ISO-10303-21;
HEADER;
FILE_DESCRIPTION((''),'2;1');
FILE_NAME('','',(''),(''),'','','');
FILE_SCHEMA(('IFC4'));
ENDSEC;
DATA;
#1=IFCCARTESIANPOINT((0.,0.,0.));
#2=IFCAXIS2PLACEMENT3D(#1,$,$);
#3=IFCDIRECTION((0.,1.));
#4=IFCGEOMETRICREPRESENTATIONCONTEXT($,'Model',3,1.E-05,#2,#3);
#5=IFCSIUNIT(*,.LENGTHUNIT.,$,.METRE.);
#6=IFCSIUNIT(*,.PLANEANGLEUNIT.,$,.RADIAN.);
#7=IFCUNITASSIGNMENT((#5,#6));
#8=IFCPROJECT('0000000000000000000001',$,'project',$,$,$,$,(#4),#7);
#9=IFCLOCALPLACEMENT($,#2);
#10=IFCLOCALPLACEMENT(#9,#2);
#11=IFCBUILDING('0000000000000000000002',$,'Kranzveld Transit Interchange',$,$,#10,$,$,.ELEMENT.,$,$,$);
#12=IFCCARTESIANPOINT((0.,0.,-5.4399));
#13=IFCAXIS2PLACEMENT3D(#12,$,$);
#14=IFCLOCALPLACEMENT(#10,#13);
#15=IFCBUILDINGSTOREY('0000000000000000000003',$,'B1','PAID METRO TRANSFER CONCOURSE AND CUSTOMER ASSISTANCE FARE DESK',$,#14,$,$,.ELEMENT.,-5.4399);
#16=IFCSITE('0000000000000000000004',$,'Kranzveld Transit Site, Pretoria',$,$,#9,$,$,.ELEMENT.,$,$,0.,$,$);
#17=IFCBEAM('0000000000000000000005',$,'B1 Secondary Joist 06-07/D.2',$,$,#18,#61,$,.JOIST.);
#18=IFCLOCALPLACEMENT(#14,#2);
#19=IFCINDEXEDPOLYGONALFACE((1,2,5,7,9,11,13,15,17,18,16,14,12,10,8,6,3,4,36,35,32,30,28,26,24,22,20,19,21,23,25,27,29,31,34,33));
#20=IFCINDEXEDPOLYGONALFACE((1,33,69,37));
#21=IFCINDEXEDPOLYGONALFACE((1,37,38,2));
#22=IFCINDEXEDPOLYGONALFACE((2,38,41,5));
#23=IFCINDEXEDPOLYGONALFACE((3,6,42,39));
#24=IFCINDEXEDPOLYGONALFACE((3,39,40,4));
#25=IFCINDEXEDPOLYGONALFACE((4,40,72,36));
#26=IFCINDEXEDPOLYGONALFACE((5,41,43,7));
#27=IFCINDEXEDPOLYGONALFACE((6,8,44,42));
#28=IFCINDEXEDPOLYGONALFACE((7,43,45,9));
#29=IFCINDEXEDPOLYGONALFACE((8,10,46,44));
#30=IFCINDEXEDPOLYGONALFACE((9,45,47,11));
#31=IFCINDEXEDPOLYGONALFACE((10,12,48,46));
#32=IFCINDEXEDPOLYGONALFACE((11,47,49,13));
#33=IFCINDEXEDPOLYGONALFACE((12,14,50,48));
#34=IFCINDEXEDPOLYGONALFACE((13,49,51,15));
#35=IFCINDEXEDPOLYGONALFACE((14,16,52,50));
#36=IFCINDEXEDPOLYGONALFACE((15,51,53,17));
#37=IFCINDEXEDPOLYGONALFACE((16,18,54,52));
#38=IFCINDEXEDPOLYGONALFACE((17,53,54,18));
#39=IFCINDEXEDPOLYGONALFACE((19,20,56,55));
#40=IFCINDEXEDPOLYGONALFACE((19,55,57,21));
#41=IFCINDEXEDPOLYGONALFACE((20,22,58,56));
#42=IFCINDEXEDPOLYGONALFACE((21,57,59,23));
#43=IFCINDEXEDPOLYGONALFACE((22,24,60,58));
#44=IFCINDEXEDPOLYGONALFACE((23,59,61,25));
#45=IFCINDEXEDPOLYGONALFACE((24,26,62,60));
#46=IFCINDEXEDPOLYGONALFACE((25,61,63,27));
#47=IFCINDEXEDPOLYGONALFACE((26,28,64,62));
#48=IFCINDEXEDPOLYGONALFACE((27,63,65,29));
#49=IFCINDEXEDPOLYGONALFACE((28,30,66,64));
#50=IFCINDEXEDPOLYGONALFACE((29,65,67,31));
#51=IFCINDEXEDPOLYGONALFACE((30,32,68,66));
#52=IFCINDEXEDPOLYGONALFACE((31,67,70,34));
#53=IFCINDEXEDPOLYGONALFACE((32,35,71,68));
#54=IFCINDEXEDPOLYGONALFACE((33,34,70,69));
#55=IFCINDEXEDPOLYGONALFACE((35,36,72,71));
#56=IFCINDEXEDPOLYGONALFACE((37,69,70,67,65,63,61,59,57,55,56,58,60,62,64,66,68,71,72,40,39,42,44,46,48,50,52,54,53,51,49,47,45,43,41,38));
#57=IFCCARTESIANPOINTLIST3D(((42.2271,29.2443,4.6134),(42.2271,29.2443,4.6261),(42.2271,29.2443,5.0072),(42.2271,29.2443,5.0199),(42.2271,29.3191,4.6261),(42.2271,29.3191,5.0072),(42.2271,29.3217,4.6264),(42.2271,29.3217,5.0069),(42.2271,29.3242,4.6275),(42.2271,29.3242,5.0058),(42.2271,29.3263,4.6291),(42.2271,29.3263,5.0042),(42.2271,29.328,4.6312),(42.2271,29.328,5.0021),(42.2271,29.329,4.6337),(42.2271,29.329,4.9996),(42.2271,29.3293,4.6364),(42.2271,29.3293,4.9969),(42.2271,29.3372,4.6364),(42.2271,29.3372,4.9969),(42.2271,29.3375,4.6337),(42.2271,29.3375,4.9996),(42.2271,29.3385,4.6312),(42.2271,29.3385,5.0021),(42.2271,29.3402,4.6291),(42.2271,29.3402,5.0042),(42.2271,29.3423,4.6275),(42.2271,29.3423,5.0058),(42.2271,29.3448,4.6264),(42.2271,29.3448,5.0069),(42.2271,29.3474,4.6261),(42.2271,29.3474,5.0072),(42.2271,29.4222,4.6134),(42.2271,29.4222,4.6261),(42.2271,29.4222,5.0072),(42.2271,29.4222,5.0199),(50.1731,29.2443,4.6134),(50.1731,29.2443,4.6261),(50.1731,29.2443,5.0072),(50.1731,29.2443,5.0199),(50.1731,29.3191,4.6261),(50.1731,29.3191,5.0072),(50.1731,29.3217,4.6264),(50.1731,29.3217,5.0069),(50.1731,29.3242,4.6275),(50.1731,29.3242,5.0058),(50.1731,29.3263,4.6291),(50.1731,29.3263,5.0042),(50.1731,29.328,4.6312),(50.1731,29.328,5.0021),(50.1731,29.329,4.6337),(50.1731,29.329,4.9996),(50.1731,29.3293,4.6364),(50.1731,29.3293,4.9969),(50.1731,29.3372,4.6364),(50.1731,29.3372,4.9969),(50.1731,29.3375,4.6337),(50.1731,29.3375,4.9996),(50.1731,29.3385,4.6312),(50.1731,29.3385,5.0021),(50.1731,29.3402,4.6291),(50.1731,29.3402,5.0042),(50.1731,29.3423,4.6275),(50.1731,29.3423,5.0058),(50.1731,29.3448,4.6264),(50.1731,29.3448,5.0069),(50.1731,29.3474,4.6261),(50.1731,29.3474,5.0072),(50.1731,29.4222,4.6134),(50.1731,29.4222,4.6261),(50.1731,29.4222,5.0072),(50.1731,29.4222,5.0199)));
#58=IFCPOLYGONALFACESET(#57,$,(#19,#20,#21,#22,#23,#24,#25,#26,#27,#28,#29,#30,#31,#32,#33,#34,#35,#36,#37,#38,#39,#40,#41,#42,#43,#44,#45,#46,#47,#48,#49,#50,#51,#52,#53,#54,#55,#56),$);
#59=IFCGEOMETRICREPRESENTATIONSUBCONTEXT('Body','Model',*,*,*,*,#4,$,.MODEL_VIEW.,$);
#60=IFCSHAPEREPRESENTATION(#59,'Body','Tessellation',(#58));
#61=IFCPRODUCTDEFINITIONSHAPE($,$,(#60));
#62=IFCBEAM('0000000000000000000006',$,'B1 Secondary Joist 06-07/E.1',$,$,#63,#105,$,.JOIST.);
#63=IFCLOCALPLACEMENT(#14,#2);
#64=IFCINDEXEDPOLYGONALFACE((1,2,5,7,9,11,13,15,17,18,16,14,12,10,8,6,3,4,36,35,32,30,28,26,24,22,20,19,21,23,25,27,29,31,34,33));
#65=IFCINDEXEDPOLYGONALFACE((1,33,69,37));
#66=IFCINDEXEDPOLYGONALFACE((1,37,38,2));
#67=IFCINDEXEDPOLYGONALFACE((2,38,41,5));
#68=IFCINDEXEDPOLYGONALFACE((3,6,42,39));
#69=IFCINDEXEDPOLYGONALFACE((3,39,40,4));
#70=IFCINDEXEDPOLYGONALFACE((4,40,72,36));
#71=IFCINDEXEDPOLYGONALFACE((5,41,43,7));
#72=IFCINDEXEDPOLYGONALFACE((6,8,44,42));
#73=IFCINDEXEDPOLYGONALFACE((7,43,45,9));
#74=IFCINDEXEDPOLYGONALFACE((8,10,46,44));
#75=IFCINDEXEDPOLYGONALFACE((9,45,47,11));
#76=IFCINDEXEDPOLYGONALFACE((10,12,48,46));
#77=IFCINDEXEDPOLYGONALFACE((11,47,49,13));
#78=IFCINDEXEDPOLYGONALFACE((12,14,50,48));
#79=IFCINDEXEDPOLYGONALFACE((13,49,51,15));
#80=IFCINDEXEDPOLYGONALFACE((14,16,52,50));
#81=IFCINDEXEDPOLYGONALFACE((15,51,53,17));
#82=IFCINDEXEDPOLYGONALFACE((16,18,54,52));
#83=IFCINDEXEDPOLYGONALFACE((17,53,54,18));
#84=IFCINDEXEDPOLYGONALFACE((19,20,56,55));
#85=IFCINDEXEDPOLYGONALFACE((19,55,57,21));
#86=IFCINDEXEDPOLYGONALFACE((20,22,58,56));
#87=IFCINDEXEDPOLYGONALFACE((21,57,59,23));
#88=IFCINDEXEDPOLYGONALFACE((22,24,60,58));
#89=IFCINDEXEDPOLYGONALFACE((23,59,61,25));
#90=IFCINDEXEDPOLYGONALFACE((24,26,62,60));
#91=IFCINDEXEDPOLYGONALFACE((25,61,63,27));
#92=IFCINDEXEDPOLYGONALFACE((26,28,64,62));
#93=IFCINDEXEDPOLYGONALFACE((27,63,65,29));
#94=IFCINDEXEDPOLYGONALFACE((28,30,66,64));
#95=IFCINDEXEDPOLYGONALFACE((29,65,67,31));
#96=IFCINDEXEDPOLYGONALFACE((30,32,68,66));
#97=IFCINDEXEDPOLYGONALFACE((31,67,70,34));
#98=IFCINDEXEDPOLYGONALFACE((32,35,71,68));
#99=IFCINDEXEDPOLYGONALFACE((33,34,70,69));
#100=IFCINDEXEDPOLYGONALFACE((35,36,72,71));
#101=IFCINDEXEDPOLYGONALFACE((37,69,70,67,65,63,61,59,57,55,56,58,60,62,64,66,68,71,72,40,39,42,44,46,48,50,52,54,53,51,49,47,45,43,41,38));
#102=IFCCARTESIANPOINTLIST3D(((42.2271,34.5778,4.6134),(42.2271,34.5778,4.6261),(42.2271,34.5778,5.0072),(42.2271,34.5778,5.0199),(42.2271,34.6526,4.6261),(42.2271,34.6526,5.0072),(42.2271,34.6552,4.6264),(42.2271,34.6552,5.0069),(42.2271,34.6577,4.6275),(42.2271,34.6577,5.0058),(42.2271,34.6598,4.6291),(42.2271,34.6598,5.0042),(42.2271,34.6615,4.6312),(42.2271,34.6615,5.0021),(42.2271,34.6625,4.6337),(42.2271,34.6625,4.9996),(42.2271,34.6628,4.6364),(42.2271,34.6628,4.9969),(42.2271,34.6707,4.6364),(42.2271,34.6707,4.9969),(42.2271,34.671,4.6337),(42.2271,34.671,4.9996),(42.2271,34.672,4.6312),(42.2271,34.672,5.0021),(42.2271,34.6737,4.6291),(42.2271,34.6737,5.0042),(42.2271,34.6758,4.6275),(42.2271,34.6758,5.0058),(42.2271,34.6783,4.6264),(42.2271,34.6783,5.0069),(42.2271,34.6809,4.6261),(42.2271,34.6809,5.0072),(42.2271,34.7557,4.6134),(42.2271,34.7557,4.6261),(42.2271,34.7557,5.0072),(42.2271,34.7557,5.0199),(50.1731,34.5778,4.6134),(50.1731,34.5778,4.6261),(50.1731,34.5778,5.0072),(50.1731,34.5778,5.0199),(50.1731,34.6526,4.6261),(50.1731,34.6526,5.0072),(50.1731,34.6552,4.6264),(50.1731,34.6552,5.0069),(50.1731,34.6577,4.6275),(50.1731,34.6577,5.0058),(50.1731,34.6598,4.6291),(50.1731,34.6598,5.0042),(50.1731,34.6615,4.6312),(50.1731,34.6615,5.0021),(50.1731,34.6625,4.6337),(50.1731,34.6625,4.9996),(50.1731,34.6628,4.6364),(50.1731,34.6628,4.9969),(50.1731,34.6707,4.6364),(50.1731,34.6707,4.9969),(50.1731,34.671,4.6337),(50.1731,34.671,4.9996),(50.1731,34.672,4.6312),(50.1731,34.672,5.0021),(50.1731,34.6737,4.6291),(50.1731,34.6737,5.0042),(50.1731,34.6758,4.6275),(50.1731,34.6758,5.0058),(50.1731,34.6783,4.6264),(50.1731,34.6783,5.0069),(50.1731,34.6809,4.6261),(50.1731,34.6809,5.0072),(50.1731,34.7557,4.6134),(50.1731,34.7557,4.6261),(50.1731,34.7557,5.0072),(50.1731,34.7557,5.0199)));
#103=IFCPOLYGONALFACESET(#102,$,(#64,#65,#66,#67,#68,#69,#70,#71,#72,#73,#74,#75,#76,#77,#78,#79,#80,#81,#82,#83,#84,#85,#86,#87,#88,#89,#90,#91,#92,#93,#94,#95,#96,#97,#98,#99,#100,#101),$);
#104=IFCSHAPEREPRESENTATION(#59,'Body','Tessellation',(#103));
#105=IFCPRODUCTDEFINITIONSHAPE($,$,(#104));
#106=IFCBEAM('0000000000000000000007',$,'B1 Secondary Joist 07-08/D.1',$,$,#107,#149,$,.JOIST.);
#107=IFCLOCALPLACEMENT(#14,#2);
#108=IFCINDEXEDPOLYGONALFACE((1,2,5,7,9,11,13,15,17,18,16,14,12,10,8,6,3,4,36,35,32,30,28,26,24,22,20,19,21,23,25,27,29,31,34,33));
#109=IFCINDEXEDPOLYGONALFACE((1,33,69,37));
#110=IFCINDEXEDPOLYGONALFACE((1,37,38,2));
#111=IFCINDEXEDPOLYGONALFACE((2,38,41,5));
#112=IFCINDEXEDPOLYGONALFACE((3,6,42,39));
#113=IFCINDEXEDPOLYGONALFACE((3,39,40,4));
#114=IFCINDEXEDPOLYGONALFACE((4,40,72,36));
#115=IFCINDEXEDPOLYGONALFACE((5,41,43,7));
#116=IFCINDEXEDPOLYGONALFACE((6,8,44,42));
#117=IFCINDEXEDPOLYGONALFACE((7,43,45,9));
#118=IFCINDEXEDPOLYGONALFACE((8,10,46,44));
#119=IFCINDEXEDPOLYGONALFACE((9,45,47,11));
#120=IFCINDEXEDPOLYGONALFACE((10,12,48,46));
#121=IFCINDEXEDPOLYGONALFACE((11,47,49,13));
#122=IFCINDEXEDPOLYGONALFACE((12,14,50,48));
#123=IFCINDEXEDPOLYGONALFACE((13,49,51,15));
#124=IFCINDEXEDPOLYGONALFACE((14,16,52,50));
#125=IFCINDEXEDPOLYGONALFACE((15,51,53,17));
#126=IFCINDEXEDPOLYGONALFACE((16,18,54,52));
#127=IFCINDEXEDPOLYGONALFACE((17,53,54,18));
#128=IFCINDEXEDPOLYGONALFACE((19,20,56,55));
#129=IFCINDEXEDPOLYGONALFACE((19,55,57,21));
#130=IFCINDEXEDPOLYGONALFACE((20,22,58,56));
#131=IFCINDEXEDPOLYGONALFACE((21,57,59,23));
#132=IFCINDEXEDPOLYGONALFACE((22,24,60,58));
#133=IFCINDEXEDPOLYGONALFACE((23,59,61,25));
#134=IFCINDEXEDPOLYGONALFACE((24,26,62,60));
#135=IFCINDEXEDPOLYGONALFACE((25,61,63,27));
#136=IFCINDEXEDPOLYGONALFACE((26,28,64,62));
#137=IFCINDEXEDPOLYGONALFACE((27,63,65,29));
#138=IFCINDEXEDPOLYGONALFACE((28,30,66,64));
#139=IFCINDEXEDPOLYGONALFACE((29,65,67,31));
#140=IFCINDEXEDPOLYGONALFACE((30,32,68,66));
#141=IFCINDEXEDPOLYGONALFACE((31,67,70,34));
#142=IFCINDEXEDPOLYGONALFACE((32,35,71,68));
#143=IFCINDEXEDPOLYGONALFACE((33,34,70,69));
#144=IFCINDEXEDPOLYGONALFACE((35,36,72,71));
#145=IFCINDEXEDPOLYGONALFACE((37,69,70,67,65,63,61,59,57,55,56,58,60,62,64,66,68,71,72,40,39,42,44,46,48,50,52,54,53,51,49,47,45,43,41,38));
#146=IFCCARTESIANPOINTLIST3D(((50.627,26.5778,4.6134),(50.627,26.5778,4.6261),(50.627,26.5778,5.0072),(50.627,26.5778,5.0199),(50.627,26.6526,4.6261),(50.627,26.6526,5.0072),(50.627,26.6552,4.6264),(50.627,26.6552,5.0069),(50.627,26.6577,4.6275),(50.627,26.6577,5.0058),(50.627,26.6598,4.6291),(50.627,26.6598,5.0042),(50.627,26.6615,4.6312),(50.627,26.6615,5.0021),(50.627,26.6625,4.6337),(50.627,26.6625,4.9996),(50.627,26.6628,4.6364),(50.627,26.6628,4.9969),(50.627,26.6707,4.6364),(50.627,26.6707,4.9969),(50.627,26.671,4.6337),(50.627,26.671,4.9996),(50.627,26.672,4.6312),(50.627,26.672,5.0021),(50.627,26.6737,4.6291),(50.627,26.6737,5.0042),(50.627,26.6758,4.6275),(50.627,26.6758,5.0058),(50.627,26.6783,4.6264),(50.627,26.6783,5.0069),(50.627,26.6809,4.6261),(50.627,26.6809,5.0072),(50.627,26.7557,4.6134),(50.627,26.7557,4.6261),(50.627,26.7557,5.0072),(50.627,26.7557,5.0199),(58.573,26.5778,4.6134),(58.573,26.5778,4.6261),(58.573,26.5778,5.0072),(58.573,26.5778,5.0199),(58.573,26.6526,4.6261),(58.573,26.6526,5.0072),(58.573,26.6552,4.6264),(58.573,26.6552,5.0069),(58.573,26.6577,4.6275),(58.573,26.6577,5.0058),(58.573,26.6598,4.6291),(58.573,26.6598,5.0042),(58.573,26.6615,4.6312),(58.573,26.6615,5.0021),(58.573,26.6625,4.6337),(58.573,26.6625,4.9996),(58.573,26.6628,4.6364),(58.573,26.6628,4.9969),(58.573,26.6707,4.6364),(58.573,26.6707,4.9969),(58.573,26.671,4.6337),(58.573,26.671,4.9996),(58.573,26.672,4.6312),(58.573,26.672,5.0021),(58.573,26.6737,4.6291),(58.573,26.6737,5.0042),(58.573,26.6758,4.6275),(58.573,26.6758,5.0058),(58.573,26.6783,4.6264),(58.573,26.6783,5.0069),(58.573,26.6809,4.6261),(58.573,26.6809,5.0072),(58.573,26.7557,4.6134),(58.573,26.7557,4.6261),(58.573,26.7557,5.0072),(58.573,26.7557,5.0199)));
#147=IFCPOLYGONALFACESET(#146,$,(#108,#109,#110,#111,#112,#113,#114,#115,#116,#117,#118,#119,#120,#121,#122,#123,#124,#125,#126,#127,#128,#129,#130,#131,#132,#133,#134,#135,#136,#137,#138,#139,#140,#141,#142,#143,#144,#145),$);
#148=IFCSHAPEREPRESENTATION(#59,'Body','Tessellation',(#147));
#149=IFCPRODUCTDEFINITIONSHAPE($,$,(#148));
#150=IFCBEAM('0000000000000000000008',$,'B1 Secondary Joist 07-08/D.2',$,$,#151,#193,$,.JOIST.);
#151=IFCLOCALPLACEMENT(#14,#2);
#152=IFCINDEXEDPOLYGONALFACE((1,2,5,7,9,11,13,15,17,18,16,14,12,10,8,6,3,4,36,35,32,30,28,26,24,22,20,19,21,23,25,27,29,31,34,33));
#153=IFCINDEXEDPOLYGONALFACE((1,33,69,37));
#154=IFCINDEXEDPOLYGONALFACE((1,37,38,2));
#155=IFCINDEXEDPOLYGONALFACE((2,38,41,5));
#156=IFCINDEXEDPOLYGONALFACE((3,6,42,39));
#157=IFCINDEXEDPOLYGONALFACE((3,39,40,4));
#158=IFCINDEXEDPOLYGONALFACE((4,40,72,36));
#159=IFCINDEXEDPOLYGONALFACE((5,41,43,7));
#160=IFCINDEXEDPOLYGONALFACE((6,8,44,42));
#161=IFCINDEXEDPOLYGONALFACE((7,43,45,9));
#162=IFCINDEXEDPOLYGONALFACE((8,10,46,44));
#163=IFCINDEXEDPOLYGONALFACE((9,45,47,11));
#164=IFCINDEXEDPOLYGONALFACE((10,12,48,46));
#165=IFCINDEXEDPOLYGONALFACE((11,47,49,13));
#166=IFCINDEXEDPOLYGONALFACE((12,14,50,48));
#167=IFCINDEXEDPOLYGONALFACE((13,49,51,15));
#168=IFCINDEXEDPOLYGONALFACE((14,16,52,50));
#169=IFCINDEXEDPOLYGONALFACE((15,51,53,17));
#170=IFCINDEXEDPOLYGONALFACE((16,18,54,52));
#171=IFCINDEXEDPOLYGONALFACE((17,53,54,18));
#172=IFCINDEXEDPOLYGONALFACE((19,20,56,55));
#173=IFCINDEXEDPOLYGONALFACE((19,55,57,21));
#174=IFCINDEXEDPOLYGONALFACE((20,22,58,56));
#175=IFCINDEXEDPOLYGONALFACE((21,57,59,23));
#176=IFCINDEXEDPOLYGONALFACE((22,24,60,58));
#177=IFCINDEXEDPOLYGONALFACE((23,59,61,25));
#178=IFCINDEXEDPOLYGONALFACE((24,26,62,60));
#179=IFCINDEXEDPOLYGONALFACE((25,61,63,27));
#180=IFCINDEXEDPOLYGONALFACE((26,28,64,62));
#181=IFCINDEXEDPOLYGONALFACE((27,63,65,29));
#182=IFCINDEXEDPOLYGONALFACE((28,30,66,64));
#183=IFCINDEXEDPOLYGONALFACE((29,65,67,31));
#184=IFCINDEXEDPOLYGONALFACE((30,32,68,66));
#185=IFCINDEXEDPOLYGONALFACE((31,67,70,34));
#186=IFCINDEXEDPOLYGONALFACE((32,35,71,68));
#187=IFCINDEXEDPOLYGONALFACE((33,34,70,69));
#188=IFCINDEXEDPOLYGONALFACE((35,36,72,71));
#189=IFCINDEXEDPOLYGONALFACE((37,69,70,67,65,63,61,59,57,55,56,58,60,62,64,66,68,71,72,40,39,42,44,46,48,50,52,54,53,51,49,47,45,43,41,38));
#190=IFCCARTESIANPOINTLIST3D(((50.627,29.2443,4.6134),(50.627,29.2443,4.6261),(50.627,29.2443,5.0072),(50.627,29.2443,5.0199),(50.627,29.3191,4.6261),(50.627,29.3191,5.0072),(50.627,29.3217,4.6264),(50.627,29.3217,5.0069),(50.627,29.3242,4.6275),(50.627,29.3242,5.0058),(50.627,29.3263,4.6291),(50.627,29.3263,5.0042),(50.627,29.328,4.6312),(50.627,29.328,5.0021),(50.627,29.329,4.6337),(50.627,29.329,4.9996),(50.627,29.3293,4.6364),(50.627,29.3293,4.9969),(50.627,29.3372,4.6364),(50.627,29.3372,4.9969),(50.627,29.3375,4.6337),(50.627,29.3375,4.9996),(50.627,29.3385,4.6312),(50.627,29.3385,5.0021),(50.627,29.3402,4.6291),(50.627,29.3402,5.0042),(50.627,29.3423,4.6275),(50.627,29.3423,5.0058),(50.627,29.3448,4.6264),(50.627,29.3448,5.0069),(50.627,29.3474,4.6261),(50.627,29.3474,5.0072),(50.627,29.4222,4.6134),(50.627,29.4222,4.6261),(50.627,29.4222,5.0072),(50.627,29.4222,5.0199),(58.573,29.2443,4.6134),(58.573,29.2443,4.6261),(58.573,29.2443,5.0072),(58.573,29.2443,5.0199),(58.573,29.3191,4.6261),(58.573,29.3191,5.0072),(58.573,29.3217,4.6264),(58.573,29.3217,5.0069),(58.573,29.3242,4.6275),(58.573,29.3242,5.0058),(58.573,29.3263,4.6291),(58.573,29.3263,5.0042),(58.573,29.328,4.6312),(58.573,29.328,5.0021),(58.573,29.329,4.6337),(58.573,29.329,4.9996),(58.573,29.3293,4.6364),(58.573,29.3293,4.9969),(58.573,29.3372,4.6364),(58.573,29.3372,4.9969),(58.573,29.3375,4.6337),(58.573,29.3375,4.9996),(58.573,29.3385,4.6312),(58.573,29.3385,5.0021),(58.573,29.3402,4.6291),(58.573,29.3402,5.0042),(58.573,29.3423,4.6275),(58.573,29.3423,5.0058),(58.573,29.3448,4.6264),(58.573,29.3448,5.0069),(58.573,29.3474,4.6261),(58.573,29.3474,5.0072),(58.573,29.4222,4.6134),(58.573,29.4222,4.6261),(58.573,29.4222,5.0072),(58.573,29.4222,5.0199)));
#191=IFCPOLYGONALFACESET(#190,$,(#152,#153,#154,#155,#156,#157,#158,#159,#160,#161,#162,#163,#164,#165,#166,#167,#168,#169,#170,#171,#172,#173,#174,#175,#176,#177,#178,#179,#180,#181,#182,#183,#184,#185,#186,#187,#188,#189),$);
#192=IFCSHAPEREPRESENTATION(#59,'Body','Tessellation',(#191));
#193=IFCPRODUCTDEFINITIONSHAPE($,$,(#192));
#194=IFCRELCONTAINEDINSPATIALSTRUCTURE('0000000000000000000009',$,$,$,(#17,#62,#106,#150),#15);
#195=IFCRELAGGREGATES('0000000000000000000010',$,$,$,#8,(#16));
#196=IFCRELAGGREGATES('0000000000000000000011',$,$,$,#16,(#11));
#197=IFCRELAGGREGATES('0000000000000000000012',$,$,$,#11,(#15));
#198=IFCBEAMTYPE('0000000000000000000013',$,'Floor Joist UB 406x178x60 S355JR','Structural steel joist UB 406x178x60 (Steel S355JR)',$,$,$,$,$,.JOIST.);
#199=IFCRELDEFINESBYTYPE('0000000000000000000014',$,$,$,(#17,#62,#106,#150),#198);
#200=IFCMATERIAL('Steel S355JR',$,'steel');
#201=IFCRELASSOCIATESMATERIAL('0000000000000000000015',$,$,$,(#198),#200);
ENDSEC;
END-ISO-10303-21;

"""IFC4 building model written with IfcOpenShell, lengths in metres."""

from ifc_helpers import new_model, si_unit, direction, frame, origin, origin_2d, place, context, subcontext, project, spatial, i_section, extrude, material, material_profile, profile_set, type_object, element, save


model = new_model("IFC4")

# Units and contexts
model_context = context("Model", 3, precision=1e-05, world=origin(), true_north=direction((0.0, 1.0)))
body_context = subcontext(model_context, "Body", "Model", "MODEL_VIEW")
ifc_project = project(units=[si_unit("LENGTHUNIT", "METRE"), si_unit("PLANEANGLEUNIT", "RADIAN")], contexts=[model_context])

# Site, building, storey
site_placement = place(None, origin())
site = spatial("IfcSite", under=ifc_project, at=site_placement, Name="Kranzveld Transit Site, Pretoria", CompositionType="ELEMENT", RefElevation=0.0)
building_placement = place(site_placement, origin())
building = spatial("IfcBuilding", under=site, at=building_placement, Name="Kranzveld Transit Interchange", CompositionType="ELEMENT")
storey_placement = place(building_placement, frame((0.0, 0.0, -5.4399)))
storey = spatial("IfcBuildingStorey", under=building, at=storey_placement, Name="B1", Description="PAID METRO TRANSFER CONCOURSE AND CUSTOMER ASSISTANCE FARE DESK", CompositionType="ELEMENT", Elevation=-5.4399)

# Beams
ifc_material_1 = material(Name="Steel S355JR", Category="steel")
ifc_material_profile_1 = material_profile(ifc_material_1, i_section(OverallWidth=0.178, OverallDepth=0.4065, WebThickness=0.0078, FlangeThickness=0.0127, FilletRadius=0.0103, at=origin_2d()), Name="UB 406x178x60")
ifc_profile_set_1 = profile_set([ifc_material_profile_1], Name="Steel S355JR")
beam_type_1 = type_object("IfcBeamType", Name="Floor Joist UB 406x178x60 S355JR", Description="Structural steel joist UB 406x178x60 (Steel S355JR)", PredefinedType="JOIST", material=ifc_profile_set_1)
for number, where, z_axis, x_axis, name in (
    (1, (42.2271, 29.3333, 4.8167), (1.0, 0.0, 0.0), (0.0, 1.0, 0.0), "B1 Secondary Joist 06-07/D.2"),
    (2, (42.2271, 34.6667, 4.8167), (1.0, 0.0, 0.0), (0.0, 1.0, 0.0), "B1 Secondary Joist 06-07/E.1"),
    (3, (50.627, 26.6667, 4.8167), (1.0, 0.0, 0.0), (0.0, 1.0, 0.0), "B1 Secondary Joist 07-08/D.1"),
    (4, (50.627, 29.3333, 4.8167), (1.0, 0.0, 0.0), (0.0, 1.0, 0.0), "B1 Secondary Joist 07-08/D.2"),
):
    element("IfcBeam", number, at=place(storey_placement, frame(where, z_axis=z_axis, x_axis=x_axis)), inside=storey, type_object=beam_type_1, Name=name, PredefinedType="JOIST", context=body_context, shape_type="SweptSolid", body=[
        extrude(i_section(OverallWidth=0.178, OverallDepth=0.4065, WebThickness=0.0078, FlangeThickness=0.0127, FilletRadius=0.0103, at=origin_2d()), origin(), (0.0, 0.0, 1.0), 7.946),
    ])

save(model, "model.ifc")
